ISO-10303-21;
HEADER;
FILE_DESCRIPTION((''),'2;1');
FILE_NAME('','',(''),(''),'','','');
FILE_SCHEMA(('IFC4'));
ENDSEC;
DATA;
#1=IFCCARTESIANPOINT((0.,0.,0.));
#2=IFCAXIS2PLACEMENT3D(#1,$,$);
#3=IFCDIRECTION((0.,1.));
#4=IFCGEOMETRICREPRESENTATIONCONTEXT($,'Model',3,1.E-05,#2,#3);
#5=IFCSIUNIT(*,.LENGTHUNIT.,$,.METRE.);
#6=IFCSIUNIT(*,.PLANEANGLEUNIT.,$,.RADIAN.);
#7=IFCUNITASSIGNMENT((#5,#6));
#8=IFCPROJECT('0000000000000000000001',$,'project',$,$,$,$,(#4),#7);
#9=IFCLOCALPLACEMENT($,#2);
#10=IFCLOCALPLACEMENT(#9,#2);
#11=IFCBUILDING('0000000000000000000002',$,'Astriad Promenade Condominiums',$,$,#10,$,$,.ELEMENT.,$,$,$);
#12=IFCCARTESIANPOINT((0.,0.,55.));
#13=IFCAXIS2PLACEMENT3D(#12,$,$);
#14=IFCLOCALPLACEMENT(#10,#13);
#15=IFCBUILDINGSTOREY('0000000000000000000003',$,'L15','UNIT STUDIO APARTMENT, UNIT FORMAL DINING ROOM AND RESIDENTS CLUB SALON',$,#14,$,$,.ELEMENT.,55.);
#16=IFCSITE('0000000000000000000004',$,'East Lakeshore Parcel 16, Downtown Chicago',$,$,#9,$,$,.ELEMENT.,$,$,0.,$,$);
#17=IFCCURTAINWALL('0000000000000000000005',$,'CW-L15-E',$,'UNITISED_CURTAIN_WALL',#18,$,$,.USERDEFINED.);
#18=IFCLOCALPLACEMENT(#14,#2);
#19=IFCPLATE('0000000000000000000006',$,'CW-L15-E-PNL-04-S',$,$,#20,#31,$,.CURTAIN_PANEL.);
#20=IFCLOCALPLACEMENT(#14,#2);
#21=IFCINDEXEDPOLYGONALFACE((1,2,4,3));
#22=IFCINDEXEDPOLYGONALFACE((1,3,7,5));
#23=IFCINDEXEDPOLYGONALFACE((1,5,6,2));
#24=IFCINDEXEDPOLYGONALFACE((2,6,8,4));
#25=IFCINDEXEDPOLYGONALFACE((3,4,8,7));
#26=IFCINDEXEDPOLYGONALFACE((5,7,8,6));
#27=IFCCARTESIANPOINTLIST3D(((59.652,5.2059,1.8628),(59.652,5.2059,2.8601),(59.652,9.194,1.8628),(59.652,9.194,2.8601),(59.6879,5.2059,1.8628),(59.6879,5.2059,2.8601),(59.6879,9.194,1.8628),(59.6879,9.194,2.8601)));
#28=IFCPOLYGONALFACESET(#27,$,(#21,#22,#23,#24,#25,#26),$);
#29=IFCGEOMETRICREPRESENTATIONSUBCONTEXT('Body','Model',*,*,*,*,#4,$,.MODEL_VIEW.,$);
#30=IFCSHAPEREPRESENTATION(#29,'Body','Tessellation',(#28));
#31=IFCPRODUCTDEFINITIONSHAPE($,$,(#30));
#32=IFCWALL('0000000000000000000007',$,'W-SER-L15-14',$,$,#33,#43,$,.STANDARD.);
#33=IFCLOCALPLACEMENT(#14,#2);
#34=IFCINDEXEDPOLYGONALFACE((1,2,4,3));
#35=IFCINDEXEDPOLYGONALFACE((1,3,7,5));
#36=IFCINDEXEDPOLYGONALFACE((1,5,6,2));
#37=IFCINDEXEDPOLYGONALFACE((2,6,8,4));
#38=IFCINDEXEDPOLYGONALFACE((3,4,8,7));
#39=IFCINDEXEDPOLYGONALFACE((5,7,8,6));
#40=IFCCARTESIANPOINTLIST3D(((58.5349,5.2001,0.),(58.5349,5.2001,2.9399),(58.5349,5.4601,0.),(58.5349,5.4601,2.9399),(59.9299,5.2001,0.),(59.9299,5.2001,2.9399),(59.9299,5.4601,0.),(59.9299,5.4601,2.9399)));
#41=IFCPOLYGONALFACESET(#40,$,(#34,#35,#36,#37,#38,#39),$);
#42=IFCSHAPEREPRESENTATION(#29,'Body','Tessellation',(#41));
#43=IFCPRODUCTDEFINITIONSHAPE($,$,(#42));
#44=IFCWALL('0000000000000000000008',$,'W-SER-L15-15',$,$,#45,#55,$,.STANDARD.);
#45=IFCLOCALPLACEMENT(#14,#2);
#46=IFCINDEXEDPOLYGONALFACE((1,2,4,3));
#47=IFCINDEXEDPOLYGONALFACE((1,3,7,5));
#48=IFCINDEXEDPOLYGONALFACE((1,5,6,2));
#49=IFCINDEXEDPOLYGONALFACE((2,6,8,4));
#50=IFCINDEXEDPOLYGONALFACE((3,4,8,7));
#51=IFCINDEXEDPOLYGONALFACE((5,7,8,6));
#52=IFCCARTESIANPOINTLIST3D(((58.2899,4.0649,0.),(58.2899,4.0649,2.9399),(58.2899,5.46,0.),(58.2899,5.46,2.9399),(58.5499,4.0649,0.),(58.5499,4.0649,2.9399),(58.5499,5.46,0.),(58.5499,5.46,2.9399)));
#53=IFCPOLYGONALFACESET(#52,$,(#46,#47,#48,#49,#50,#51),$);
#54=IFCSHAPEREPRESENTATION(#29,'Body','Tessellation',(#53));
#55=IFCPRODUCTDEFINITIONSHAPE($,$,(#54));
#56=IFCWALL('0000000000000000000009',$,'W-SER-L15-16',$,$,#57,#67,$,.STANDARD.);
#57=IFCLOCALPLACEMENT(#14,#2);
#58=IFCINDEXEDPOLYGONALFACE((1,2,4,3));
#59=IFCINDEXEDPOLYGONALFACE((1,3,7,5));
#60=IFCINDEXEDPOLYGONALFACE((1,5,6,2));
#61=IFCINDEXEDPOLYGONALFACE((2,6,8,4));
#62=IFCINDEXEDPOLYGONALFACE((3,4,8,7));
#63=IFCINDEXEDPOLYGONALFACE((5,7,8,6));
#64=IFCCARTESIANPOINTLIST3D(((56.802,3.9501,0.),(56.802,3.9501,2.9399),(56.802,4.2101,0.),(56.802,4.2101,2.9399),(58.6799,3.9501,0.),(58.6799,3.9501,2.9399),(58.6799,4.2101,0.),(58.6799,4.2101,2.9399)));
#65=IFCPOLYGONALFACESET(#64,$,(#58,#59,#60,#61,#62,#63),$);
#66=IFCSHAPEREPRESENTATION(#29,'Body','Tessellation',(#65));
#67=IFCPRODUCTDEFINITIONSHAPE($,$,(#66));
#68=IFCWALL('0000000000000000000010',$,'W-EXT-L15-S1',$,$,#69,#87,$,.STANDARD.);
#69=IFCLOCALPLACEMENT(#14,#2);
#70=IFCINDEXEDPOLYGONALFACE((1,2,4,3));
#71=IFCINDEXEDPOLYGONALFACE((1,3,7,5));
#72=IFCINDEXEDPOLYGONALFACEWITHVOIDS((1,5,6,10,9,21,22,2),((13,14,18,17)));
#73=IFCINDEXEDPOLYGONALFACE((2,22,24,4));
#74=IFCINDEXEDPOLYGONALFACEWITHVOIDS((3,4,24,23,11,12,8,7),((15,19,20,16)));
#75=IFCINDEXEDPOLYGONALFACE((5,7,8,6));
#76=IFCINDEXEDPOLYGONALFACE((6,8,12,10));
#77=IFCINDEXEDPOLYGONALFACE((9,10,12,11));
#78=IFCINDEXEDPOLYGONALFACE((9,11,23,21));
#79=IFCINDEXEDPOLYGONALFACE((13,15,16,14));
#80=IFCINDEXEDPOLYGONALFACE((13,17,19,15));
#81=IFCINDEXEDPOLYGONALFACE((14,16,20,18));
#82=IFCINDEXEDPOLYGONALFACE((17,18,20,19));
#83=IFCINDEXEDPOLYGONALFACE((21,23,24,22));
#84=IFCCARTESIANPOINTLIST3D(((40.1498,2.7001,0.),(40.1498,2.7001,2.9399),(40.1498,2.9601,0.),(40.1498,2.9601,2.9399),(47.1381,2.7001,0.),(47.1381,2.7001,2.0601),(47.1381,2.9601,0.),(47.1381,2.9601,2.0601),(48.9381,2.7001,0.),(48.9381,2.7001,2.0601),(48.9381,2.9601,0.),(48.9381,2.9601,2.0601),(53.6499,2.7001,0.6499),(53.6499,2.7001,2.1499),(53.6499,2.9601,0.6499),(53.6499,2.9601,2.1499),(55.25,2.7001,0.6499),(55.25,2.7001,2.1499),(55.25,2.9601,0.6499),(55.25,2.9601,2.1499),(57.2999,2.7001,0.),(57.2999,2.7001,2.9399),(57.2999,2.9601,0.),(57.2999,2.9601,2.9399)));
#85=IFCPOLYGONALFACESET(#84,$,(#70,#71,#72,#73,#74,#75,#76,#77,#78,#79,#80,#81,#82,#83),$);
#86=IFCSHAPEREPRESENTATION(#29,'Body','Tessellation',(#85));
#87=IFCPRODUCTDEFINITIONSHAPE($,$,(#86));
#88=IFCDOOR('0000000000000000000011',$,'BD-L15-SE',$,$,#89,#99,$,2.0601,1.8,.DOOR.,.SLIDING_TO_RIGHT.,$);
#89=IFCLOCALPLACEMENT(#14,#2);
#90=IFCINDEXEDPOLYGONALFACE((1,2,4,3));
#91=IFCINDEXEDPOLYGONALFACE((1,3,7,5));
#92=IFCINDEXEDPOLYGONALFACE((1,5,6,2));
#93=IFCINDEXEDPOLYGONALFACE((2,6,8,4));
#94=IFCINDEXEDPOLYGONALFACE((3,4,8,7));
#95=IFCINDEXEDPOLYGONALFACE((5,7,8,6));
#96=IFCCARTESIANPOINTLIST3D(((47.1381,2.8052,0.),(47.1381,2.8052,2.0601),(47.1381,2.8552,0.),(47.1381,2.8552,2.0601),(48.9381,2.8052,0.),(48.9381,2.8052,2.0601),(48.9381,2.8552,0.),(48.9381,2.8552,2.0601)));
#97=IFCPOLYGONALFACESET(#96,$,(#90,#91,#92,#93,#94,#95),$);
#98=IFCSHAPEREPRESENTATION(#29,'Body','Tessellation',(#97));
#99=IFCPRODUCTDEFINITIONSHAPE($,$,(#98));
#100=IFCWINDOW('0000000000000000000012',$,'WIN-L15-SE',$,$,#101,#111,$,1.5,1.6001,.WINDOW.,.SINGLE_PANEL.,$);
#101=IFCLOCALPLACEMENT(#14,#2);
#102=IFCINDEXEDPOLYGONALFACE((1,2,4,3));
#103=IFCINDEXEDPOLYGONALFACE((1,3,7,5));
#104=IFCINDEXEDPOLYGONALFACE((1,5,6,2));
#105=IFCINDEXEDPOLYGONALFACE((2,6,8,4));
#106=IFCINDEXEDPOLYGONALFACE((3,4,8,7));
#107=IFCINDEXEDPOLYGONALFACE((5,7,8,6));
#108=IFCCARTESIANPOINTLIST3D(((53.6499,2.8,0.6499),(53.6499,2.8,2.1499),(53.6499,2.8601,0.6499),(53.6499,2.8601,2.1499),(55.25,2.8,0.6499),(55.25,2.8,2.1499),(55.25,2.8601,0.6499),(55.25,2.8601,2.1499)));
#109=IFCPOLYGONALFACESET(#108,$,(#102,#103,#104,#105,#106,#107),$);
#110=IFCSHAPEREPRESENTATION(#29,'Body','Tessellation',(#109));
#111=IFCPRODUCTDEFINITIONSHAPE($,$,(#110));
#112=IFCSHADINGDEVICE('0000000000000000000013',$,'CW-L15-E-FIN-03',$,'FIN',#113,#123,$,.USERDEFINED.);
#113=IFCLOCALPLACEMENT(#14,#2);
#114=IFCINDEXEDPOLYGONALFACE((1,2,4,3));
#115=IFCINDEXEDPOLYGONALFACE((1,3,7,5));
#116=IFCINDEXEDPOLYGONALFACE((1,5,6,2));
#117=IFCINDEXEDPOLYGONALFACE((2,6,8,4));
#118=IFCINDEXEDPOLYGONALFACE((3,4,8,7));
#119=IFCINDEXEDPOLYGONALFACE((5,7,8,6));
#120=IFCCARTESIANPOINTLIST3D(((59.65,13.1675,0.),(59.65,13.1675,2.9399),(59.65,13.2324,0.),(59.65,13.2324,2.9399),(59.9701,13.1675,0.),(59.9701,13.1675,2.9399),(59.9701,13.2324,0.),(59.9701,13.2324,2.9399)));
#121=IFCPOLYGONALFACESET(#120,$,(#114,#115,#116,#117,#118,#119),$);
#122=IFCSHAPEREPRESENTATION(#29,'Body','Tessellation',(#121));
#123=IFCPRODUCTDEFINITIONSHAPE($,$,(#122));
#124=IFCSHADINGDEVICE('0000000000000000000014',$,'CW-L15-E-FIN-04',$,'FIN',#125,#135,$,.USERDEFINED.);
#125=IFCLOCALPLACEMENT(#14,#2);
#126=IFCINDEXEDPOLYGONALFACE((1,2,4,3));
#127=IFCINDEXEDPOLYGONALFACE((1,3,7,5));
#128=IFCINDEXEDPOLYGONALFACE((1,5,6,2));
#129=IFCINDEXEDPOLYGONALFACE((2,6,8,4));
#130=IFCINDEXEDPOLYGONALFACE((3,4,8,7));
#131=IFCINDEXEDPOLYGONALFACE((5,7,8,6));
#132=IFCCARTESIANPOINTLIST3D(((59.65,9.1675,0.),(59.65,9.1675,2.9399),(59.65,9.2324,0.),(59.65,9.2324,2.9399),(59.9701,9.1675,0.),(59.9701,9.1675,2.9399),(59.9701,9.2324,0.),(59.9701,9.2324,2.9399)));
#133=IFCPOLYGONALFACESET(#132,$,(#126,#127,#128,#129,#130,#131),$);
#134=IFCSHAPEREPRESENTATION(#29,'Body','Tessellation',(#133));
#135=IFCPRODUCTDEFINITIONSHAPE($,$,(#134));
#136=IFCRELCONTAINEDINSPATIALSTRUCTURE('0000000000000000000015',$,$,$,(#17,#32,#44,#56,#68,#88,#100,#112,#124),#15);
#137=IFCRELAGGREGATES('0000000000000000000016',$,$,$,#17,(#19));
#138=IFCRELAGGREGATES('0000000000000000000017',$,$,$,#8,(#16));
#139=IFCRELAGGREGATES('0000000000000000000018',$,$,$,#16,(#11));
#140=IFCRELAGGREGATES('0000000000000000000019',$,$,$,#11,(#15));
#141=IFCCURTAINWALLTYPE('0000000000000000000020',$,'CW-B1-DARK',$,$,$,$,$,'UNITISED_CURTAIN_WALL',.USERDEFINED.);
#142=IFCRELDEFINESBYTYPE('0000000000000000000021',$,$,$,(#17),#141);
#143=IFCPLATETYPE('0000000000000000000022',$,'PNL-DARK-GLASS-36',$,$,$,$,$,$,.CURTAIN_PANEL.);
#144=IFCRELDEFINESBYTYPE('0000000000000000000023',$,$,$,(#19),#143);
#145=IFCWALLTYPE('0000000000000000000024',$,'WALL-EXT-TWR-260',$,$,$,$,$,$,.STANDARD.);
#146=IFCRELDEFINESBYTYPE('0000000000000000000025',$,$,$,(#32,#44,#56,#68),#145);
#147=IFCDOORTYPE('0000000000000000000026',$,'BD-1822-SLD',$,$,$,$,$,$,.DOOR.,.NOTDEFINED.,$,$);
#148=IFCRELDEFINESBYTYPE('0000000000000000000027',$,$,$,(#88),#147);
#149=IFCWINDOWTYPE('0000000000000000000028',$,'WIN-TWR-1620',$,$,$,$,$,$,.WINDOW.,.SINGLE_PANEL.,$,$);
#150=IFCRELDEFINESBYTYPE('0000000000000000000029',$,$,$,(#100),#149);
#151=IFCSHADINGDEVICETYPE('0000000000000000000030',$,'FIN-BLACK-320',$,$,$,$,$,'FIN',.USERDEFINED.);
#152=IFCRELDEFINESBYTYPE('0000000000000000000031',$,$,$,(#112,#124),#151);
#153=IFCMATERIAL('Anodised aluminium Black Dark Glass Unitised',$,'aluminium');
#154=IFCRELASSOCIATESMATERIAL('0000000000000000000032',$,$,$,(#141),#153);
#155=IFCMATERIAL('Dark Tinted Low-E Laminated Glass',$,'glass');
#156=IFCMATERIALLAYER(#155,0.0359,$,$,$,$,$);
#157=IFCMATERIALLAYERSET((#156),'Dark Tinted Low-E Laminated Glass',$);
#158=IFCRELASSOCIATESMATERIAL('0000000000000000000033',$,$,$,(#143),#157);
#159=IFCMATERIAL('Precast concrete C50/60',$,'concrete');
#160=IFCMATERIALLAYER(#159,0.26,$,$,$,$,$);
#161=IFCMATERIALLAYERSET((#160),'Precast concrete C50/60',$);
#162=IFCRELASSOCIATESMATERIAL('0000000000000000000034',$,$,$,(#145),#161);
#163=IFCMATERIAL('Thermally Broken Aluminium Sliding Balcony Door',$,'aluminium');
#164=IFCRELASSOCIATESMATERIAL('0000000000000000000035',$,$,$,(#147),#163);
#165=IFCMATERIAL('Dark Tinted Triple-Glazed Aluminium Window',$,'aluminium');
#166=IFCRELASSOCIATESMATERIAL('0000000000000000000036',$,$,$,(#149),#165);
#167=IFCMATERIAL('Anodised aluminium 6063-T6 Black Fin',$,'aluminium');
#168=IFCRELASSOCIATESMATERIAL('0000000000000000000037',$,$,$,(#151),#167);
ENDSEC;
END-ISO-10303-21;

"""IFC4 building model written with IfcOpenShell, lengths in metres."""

from ifc_helpers import new_model, si_unit, direction, frame, frame_2d, origin, origin_2d, place, context, subcontext, project, spatial, rectangle, extrude, source, transform, mapped, material, layer, layer_set, type_object, type_shapes, element, fill, aggregate, save


model = new_model("IFC4")

# Units and contexts
model_context = context("Model", 3, precision=1e-05, world=origin(), true_north=direction((0.0, 1.0)))
body_context = subcontext(model_context, "Body", "Model", "MODEL_VIEW")
ifc_project = project(units=[si_unit("LENGTHUNIT", "METRE"), si_unit("PLANEANGLEUNIT", "RADIAN")], contexts=[model_context])

# Site, building, storey
site_placement = place(None, origin())
site = spatial("IfcSite", under=ifc_project, at=site_placement, Name="East Lakeshore Parcel 16, Downtown Chicago", CompositionType="ELEMENT", RefElevation=0.0)
building_placement = place(site_placement, origin())
building = spatial("IfcBuilding", under=site, at=building_placement, Name="Astriad Promenade Condominiums", CompositionType="ELEMENT")
storey_placement = place(building_placement, frame((0.0, 0.0, 55.0)))
storey = spatial("IfcBuildingStorey", under=building, at=storey_placement, Name="L15", Description="UNIT STUDIO APARTMENT, UNIT FORMAL DINING ROOM AND RESIDENTS CLUB SALON", CompositionType="ELEMENT", Elevation=55.0)

# Curtain wall, plate
ifc_material_1 = material(Name="Anodised aluminium Black Dark Glass Unitised", Category="aluminium")
curtain_wall_type = type_object("IfcCurtainWallType", Name="CW-B1-DARK", ElementType="UNITISED_CURTAIN_WALL", PredefinedType="USERDEFINED", material=ifc_material_1)
curtain_wall_placement = place(storey_placement, origin())
curtain_wall = element("IfcCurtainWall", 1, at=curtain_wall_placement, inside=storey, type_object=curtain_wall_type, Name="CW-L15-E", ObjectType="UNITISED_CURTAIN_WALL", PredefinedType="USERDEFINED")
ifc_material_2 = material(Name="Dark Tinted Low-E Laminated Glass", Category="glass")
ifc_layer_1 = layer(ifc_material_2, 0.0359)
ifc_layer_set_1 = layer_set([ifc_layer_1], Name="Dark Tinted Low-E Laminated Glass")
plate_type = type_object("IfcPlateType", Name="PNL-DARK-GLASS-36", PredefinedType="CURTAIN_PANEL", material=ifc_layer_set_1)
shared_shape_1 = source(origin(), body_context, "Body", "SweptSolid", [
    extrude(rectangle(XDim=3.988, YDim=0.0359, at=origin_2d()), origin(), (0.0, 0.0, 1.0), 0.9973),
])
plate_1_placement = place(storey_placement, frame((59.6699, 7.2, 1.8628), z_axis=(0.0, 0.0, 1.0), x_axis=(0.0, -1.0, 0.0)))
plate_1 = element("IfcPlate", 2, at=plate_1_placement, type_object=plate_type, Name="CW-L15-E-PNL-04-S", PredefinedType="CURTAIN_PANEL", context=body_context, shape_type="MappedRepresentation", body=[
    mapped(shared_shape_1, transform((0.0, 0.0, 0.0), scale=1.0)),
])
aggregate(curtain_wall, [plate_1])

# Walls
ifc_material_3 = material(Name="Precast concrete C50/60", Category="concrete")
ifc_layer_2 = layer(ifc_material_3, 0.26)
ifc_layer_set_2 = layer_set([ifc_layer_2], Name="Precast concrete C50/60")
wall_type = type_object("IfcWallType", Name="WALL-EXT-TWR-260", PredefinedType="STANDARD", material=ifc_layer_set_2)
for number, where, z_axis, x_axis, name in (
    (3, (59.9299, 5.3301, 0.0), (0.0, 0.0, 1.0), (-1.0, 0.0, 0.0), "W-SER-L15-14"),
    (4, (58.4199, 5.46, 0.0), (0.0, 0.0, 1.0), (0.0, -1.0, 0.0), "W-SER-L15-15"),
):
    element("IfcWall", number, at=place(storey_placement, frame(where, z_axis=z_axis, x_axis=x_axis)), inside=storey, type_object=wall_type, Name=name, PredefinedType="STANDARD", context=body_context, shape_type="SweptSolid", body=[
        extrude(rectangle(XDim=1.395, YDim=0.26, at=frame_2d((0.6975, 0.0))), origin(), (0.0, 0.0, 1.0), 2.9399),
    ])
wall_1_placement = place(storey_placement, frame((58.6799, 4.0801, 0.0), z_axis=(0.0, 0.0, 1.0), x_axis=(-1.0, 0.0, 0.0)))
element("IfcWall", 5, at=wall_1_placement, inside=storey, type_object=wall_type, Name="W-SER-L15-16", PredefinedType="STANDARD", context=body_context, shape_type="SweptSolid", body=[
    extrude(rectangle(XDim=1.8779, YDim=0.26, at=frame_2d((0.939, 0.0))), origin(), (0.0, 0.0, 1.0), 2.9399),
])

# Wall, openings, door, window
wall_2_placement = place(storey_placement, frame((57.3, 2.8301, 0.0), z_axis=(0.0, 0.0, 1.0), x_axis=(-1.0, 0.0, 0.0)))
wall_2 = element("IfcWall", 6, at=wall_2_placement, inside=storey, type_object=wall_type, Name="W-EXT-L15-S1", PredefinedType="STANDARD", context=body_context, shape_type="SweptSolid", body=[
    extrude(rectangle(XDim=17.1501, YDim=0.26, at=frame_2d((8.5752, 0.0))), origin(), (0.0, 0.0, 1.0), 2.9399),
])
opening_1_placement = place(wall_2_placement, frame((8.3621, 0.0, 0.0)))
opening_1 = element("IfcOpeningElement", 7, at=opening_1_placement, cuts=wall_2, PredefinedType="OPENING", context=body_context, shape_type="SweptSolid", body=[
    extrude(rectangle(XDim=1.8, YDim=2.0601, at=frame_2d((0.8999, 1.03))), frame((0.0, 0.1399, 0.0), z_axis=(0.0, -1.0, 0.0), x_axis=(1.0, 0.0, 0.0)), (0.0, 0.0, 1.0), 0.28),
])
opening_2_placement = place(wall_2_placement, frame((2.05, 0.0, 0.6499)))
opening_2 = element("IfcOpeningElement", 8, at=opening_2_placement, cuts=wall_2, PredefinedType="OPENING", context=body_context, shape_type="SweptSolid", body=[
    extrude(rectangle(XDim=1.6001, YDim=1.5, at=frame_2d((0.8, 0.75))), frame((0.0, 0.1399, 0.0), z_axis=(0.0, -1.0, 0.0), x_axis=(1.0, 0.0, 0.0)), (0.0, 0.0, 1.0), 0.28),
])
ifc_material_4 = material(Name="Thermally Broken Aluminium Sliding Balcony Door", Category="aluminium")
door_type = type_object("IfcDoorType", Name="BD-1822-SLD", OperationType="NOTDEFINED", PredefinedType="DOOR", material=ifc_material_4)
shared_shape_2 = source(origin(), body_context, "Body", "SweptSolid", [
    extrude(rectangle(XDim=1.8, YDim=2.0601, at=frame_2d((0.8999, 1.03))), frame((0.0, 0.0249, 0.0), z_axis=(0.0, -1.0, 0.0), x_axis=(1.0, 0.0, 0.0)), (0.0, 0.0, 1.0), 0.05),
])
type_shapes(door_type, [shared_shape_2])
door_placement = place(opening_1_placement, origin())
door = element("IfcDoor", 9, at=door_placement, inside=storey, type_object=door_type, Name="BD-L15-SE", OperationType="SLIDING_TO_RIGHT", OverallHeight=2.0601, OverallWidth=1.8, PredefinedType="DOOR", context=body_context, shape_type="MappedRepresentation", body=[
    mapped(shared_shape_2, transform((0.0, 0.0, 0.0), scale=1.0)),
])
fill(opening_1, door)
ifc_material_5 = material(Name="Dark Tinted Triple-Glazed Aluminium Window", Category="aluminium")
window_type = type_object("IfcWindowType", Name="WIN-TWR-1620", PartitioningType="SINGLE_PANEL", PredefinedType="WINDOW", material=ifc_material_5)
shared_shape_3 = source(origin(), body_context, "Body", "SweptSolid", [
    extrude(rectangle(XDim=1.6001, YDim=1.5, at=frame_2d((0.8, 0.75))), frame((0.0, 0.03, 0.0), z_axis=(0.0, -1.0, 0.0), x_axis=(1.0, 0.0, 0.0)), (0.0, 0.0, 1.0), 0.0601),
])
type_shapes(window_type, [shared_shape_3])
window_placement = place(opening_2_placement, origin())
window = element("IfcWindow", 10, at=window_placement, inside=storey, type_object=window_type, Name="WIN-L15-SE", OverallHeight=1.5, OverallWidth=1.6001, PartitioningType="SINGLE_PANEL", PredefinedType="WINDOW", context=body_context, shape_type="MappedRepresentation", body=[
    mapped(shared_shape_3, transform((0.0, 0.0, 0.0), scale=1.0)),
])
fill(opening_2, window)

# Shading devices
ifc_material_6 = material(Name="Anodised aluminium 6063-T6 Black Fin", Category="aluminium")
shading_device_type = type_object("IfcShadingDeviceType", Name="FIN-BLACK-320", ElementType="FIN", PredefinedType="USERDEFINED", material=ifc_material_6)
shared_shape_4 = source(origin(), body_context, "Body", "SweptSolid", [
    extrude(rectangle(XDim=0.0649, YDim=0.3201, at=origin_2d()), origin(), (0.0, 0.0, 1.0), 2.9399),
])
type_shapes(shading_device_type, [shared_shape_4])
for number, where, z_axis, x_axis, name in (
    (11, (59.8101, 13.2, 0.0), (0.0, 0.0, 1.0), (0.0, -1.0, 0.0), "CW-L15-E-FIN-03"),
    (12, (59.8101, 9.2, 0.0), (0.0, 0.0, 1.0), (0.0, -1.0, 0.0), "CW-L15-E-FIN-04"),
):
    element("IfcShadingDevice", number, at=place(storey_placement, frame(where, z_axis=z_axis, x_axis=x_axis)), inside=storey, type_object=shading_device_type, Name=name, ObjectType="FIN", PredefinedType="USERDEFINED", context=body_context, shape_type="MappedRepresentation", body=[
        mapped(shared_shape_4, transform((0.0, 0.0, 0.0), scale=1.0)),
    ])

save(model, "model.ifc")
